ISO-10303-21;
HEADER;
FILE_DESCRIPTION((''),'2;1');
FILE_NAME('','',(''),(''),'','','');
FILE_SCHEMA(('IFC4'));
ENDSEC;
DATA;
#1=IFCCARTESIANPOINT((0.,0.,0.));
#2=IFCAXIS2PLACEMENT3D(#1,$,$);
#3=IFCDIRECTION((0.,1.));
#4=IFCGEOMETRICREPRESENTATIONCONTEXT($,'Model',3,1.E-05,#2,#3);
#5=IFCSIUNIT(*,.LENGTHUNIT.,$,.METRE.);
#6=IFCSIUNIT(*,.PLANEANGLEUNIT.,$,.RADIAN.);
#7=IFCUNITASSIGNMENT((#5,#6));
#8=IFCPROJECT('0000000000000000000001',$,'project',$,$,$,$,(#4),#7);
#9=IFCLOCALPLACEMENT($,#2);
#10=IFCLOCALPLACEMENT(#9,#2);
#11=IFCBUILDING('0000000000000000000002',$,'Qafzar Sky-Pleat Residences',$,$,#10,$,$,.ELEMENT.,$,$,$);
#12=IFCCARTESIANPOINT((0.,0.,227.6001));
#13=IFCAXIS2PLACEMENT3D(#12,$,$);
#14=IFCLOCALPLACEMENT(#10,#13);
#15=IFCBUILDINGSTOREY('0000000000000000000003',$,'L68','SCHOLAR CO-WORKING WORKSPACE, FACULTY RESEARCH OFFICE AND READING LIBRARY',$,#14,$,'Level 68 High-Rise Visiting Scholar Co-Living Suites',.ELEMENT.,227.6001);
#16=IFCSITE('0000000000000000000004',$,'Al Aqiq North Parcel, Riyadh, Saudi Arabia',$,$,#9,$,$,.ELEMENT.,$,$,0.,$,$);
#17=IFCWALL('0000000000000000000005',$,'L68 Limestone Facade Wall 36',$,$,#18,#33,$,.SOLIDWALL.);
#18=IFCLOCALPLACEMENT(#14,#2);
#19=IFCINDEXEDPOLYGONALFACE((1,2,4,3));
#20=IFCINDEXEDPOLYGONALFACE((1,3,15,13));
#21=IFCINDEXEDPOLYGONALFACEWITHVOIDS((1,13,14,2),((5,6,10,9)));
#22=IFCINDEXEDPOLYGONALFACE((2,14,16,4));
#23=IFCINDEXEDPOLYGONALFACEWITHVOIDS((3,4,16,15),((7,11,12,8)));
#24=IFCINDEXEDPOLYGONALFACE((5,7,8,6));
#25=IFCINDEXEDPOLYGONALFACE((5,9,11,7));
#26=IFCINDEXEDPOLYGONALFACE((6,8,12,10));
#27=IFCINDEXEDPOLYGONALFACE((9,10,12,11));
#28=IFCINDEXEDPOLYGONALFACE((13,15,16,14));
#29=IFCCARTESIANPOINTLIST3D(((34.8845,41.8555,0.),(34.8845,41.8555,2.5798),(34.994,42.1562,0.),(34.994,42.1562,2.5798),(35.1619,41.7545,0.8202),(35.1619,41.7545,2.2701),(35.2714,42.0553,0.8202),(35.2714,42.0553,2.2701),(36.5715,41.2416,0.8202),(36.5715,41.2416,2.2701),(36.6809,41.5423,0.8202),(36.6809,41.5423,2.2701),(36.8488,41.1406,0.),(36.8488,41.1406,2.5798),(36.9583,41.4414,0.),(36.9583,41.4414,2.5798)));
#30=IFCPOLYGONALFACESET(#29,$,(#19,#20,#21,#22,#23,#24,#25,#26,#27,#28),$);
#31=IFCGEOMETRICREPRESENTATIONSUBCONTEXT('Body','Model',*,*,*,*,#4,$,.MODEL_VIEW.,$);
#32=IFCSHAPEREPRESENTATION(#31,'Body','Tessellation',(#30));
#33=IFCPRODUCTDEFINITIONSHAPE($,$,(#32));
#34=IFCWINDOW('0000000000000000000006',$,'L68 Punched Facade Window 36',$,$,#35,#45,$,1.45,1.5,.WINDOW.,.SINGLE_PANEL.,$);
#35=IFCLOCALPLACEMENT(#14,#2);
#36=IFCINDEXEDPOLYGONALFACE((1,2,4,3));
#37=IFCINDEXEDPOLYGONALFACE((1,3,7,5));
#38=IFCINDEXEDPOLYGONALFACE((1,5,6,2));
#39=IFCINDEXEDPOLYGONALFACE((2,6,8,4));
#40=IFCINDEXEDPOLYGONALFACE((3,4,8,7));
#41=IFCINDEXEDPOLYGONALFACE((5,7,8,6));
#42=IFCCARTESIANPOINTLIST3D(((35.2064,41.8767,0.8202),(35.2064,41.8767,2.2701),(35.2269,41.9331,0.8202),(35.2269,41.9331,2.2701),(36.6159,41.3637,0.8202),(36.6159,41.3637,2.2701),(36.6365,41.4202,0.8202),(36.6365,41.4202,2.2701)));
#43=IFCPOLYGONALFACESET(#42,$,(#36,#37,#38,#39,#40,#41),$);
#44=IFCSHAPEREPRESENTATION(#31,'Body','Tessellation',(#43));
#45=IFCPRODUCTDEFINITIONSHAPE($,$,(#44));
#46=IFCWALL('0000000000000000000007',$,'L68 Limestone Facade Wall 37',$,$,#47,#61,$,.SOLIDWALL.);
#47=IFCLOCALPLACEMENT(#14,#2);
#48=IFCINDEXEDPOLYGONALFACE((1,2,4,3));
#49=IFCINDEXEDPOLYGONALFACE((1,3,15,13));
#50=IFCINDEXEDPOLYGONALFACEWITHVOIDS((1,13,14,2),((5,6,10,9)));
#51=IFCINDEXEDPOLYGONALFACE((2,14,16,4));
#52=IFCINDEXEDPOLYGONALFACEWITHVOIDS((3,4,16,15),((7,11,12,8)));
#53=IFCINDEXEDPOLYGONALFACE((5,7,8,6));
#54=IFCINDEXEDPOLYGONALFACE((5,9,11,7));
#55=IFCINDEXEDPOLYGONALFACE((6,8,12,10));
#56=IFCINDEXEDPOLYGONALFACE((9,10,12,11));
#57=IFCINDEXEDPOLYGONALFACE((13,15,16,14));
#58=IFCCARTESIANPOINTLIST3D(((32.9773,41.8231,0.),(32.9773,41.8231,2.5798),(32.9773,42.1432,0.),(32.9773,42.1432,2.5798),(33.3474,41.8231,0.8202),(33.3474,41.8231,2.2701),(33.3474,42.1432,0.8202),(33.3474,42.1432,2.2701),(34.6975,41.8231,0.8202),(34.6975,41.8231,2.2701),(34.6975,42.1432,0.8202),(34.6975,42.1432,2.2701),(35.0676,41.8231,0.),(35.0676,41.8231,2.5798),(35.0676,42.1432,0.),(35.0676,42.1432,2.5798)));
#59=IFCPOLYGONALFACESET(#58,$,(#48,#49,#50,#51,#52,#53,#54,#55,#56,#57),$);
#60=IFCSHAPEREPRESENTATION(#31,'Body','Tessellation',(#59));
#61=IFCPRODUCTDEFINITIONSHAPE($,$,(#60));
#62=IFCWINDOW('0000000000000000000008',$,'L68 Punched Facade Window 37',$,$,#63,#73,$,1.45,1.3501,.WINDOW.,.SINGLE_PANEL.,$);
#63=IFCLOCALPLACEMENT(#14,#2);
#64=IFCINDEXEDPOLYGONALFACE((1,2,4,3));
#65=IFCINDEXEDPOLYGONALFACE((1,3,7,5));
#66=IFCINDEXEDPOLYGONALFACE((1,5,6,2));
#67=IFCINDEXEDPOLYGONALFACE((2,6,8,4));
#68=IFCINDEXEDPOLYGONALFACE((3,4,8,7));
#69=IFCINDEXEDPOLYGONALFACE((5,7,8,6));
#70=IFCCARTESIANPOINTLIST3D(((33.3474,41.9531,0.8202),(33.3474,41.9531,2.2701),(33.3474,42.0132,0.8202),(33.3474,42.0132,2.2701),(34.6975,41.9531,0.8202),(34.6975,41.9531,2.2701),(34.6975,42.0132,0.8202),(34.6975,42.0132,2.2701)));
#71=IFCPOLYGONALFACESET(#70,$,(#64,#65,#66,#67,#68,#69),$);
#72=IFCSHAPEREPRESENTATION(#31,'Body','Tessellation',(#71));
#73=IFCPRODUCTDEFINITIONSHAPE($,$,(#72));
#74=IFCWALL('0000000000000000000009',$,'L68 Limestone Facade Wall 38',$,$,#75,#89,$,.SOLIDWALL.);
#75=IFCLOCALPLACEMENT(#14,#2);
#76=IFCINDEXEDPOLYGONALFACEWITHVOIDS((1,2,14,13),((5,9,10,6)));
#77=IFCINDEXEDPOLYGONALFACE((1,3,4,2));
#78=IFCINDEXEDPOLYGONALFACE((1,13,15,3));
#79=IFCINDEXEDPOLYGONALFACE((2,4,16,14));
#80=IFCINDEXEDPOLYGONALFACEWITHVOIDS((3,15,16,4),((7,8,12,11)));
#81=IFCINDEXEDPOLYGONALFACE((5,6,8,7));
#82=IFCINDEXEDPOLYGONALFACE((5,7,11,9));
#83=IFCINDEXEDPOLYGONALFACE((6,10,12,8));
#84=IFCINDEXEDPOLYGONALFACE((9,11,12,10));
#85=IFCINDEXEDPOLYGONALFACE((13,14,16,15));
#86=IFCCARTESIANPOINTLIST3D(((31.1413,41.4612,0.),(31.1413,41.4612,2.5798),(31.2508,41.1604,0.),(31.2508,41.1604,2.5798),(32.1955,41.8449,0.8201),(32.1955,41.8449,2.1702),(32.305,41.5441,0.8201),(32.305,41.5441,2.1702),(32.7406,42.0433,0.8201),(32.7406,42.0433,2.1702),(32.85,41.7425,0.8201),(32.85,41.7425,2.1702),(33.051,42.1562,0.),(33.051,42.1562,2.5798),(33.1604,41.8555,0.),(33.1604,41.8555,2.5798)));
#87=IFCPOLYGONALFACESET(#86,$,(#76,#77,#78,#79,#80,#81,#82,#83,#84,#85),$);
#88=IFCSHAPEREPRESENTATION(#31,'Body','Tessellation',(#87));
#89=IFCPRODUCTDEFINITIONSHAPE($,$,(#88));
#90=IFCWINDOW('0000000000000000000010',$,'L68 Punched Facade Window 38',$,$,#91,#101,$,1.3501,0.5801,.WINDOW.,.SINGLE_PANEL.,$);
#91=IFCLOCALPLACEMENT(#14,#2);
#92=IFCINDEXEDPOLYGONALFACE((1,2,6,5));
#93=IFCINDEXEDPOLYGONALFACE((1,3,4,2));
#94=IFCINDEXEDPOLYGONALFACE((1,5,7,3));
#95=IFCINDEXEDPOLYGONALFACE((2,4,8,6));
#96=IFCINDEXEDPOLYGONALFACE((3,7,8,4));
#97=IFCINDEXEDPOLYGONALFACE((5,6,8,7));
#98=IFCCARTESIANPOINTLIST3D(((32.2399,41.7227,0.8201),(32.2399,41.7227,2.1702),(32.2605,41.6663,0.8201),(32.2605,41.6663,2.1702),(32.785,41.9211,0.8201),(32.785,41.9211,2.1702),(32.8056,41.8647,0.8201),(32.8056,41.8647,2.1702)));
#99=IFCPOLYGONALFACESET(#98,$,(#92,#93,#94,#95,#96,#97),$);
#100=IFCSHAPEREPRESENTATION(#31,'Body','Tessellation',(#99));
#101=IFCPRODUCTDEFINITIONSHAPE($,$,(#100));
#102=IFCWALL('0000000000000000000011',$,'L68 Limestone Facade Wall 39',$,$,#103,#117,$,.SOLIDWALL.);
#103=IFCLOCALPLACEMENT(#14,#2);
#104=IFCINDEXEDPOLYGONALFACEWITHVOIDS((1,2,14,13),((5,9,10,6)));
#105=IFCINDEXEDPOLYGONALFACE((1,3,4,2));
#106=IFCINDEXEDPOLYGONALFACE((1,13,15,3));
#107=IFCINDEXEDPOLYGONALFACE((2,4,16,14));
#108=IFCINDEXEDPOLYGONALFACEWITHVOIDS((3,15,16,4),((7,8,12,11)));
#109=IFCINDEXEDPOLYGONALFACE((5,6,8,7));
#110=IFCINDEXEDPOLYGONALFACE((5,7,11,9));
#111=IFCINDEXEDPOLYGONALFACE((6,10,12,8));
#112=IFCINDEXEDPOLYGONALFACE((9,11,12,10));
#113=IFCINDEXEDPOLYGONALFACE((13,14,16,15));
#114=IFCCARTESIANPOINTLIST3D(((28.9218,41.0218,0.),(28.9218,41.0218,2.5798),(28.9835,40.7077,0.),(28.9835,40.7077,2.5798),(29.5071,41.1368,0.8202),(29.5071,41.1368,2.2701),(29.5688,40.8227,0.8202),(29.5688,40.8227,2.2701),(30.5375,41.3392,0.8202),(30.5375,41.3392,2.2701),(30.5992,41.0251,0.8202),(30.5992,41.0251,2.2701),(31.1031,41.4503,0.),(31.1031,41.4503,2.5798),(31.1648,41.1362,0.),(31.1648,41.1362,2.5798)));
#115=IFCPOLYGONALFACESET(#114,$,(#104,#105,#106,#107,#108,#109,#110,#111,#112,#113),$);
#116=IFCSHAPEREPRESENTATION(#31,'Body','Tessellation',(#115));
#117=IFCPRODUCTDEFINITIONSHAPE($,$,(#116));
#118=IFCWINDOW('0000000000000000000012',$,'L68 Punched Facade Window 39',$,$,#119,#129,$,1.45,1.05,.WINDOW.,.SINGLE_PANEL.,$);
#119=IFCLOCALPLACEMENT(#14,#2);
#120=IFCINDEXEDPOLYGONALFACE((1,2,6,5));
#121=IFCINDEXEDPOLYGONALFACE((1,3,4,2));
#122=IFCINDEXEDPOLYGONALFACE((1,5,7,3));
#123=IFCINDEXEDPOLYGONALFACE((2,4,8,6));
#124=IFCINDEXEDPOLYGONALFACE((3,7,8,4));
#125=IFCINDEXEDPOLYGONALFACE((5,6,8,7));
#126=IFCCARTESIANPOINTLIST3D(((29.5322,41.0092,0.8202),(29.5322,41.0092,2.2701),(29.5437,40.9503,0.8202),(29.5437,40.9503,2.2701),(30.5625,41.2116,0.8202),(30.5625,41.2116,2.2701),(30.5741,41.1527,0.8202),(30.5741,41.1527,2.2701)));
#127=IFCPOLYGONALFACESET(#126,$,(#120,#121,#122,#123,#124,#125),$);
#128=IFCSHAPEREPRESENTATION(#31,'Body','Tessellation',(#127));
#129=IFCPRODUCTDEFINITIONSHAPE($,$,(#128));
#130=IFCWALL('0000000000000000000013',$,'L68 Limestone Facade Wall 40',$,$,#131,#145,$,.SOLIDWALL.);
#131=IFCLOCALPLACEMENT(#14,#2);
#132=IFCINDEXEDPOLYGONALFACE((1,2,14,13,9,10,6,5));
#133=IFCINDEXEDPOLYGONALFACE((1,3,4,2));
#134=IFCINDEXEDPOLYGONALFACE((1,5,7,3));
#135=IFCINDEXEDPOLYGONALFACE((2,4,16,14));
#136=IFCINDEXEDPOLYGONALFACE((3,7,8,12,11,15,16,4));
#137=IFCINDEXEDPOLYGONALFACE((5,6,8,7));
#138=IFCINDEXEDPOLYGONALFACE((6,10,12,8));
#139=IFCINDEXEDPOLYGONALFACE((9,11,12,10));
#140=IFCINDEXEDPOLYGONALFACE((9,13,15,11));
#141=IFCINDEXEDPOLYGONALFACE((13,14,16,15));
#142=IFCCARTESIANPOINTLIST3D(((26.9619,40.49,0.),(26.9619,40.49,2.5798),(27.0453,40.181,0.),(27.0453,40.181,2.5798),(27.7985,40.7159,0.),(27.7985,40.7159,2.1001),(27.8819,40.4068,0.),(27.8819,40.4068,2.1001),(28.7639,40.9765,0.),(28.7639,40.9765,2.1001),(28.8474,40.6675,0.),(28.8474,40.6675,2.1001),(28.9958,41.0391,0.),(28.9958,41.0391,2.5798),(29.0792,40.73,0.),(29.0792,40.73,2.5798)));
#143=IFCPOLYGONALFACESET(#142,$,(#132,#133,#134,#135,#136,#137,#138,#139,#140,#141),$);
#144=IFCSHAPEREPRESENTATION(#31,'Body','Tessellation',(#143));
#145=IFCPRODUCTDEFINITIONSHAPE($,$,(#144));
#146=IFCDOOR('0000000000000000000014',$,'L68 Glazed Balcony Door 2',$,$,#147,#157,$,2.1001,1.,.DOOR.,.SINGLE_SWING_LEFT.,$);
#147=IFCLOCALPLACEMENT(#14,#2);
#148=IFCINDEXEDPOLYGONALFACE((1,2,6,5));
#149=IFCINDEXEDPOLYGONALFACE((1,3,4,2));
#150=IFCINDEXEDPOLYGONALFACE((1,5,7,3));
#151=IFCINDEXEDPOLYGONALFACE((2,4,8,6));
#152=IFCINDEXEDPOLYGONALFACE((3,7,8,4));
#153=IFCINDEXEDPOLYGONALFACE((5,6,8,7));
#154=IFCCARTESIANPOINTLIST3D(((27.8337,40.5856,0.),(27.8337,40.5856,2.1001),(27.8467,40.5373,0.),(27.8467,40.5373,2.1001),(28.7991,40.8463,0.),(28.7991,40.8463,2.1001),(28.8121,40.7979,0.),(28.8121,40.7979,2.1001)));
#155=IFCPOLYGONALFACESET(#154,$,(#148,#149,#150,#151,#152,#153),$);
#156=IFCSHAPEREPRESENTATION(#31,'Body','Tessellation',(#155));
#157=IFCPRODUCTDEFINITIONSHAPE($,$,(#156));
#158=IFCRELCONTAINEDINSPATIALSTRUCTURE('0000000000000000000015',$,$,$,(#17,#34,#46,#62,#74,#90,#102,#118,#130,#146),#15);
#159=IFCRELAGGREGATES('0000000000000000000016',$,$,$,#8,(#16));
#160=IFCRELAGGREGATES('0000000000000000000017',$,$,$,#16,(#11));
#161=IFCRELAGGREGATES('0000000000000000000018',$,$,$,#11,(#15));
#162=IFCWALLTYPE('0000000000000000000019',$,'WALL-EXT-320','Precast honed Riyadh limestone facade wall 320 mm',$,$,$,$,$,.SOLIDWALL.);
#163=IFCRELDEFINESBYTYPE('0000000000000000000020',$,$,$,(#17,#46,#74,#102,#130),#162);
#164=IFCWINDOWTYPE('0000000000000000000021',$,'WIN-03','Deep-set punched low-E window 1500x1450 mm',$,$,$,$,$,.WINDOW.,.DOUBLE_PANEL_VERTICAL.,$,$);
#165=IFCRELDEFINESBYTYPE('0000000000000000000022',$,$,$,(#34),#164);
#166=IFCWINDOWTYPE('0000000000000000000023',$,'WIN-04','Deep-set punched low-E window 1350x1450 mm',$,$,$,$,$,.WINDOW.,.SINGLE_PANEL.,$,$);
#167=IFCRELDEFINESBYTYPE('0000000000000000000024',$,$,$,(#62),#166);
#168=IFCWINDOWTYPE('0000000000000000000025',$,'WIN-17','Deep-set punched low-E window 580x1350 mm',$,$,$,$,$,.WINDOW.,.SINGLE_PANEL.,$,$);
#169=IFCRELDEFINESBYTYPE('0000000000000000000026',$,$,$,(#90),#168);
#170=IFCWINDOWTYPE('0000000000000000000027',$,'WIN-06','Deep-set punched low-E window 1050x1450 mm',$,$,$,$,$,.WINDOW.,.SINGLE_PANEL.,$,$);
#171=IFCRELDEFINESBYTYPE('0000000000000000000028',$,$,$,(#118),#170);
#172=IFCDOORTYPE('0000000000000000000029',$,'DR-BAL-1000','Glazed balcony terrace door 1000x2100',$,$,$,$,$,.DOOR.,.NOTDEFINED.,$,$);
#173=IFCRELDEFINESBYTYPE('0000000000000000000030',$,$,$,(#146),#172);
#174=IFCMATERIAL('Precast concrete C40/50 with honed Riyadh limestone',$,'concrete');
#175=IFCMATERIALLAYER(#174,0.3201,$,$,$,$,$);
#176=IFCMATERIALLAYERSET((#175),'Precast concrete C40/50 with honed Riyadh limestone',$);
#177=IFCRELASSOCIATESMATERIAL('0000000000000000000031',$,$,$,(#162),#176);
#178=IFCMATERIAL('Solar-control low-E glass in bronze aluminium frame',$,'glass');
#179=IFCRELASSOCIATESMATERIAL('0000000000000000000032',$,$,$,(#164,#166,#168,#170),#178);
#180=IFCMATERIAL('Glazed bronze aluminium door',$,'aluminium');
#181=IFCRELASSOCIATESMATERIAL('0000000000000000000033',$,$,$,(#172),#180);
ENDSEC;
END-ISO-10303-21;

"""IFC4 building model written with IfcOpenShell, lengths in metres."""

from ifc_helpers import new_model, si_unit, direction, frame, frame_2d, origin, place, context, subcontext, project, spatial, rectangle, extrude, source, transform, mapped, material, layer, layer_set, type_object, element, fill, save


model = new_model("IFC4")

# Units and contexts
model_context = context("Model", 3, precision=1e-05, world=origin(), true_north=direction((0.0, 1.0)))
body_context = subcontext(model_context, "Body", "Model", "MODEL_VIEW")
ifc_project = project(units=[si_unit("LENGTHUNIT", "METRE"), si_unit("PLANEANGLEUNIT", "RADIAN")], contexts=[model_context])

# Site, building, storey
site_placement = place(None, origin())
site = spatial("IfcSite", under=ifc_project, at=site_placement, Name="Al Aqiq North Parcel, Riyadh, Saudi Arabia", CompositionType="ELEMENT", RefElevation=0.0)
building_placement = place(site_placement, origin())
building = spatial("IfcBuilding", under=site, at=building_placement, Name="Qafzar Sky-Pleat Residences", CompositionType="ELEMENT")
storey_placement = place(building_placement, frame((0.0, 0.0, 227.6001)))
storey = spatial("IfcBuildingStorey", under=building, at=storey_placement, Name="L68", Description="SCHOLAR CO-WORKING WORKSPACE, FACULTY RESEARCH OFFICE AND READING LIBRARY", LongName="Level 68 High-Rise Visiting Scholar Co-Living Suites", CompositionType="ELEMENT", Elevation=227.6001)

# Walls, openings, windows
ifc_material_1 = material(Name="Precast concrete C40/50 with honed Riyadh limestone", Category="concrete")
ifc_layer_1 = layer(ifc_material_1, 0.3201)
ifc_layer_set_1 = layer_set([ifc_layer_1], Name="Precast concrete C40/50 with honed Riyadh limestone")
wall_type_1 = type_object("IfcWallType", Name="WALL-EXT-320", Description="Precast honed Riyadh limestone facade wall 320 mm", PredefinedType="SOLIDWALL", material=ifc_layer_set_1)
wall_1_placement = place(storey_placement, frame((36.9036, 41.291, 0.0), z_axis=(0.0, 0.0, 1.0), x_axis=(-0.939712, 0.341968, 0.0)))
wall_1 = element("IfcWall", 1, at=wall_1_placement, inside=storey, type_object=wall_type_1, Name="L68 Limestone Facade Wall 36", PredefinedType="SOLIDWALL", context=body_context, shape_type="SweptSolid", body=[
    extrude(rectangle(XDim=2.0903, YDim=0.3201, at=frame_2d((1.0452, 0.0))), origin(), (0.0, 0.0, 1.0), 2.5798),
])
opening_1_placement = place(wall_1_placement, frame((0.2952, 0.0, 0.8201)))
opening_1 = element("IfcOpeningElement", 2, at=opening_1_placement, cuts=wall_1, PredefinedType="OPENING", context=body_context, shape_type="SweptSolid", body=[
    extrude(rectangle(XDim=1.5, YDim=1.45, at=frame_2d((0.75, 0.7251))), frame((0.0, 0.1699, 0.0), z_axis=(0.0, -1.0, 0.0), x_axis=(1.0, 0.0, 0.0)), (0.0, 0.0, 1.0), 0.3401),
])
ifc_material_2 = material(Name="Solar-control low-E glass in bronze aluminium frame", Category="glass")
window_type_1 = type_object("IfcWindowType", Name="WIN-03", Description="Deep-set punched low-E window 1500x1450 mm", PartitioningType="DOUBLE_PANEL_VERTICAL", PredefinedType="WINDOW", material=ifc_material_2)
shared_shape_1 = source(origin(), body_context, "Body", "SweptSolid", [
    extrude(rectangle(XDim=1.5, YDim=1.45, at=frame_2d((0.75, 0.7251))), frame((0.0, 0.03, 0.0), z_axis=(0.0, -1.0, 0.0), x_axis=(1.0, 0.0, 0.0)), (0.0, 0.0, 1.0), 0.0601),
])
window_1_placement = place(opening_1_placement, origin())
window_1 = element("IfcWindow", 3, at=window_1_placement, inside=storey, type_object=window_type_1, Name="L68 Punched Facade Window 36", OverallHeight=1.45, OverallWidth=1.5, PartitioningType="SINGLE_PANEL", PredefinedType="WINDOW", context=body_context, shape_type="MappedRepresentation", body=[
    mapped(shared_shape_1, transform((0.0, 0.0, 0.0), x_axis=(1.0, 0.0, 0.0), y_axis=(0.0, 1.0, 0.0), z_axis=(0.0, 0.0, 1.0), scale=1.0)),
])
fill(opening_1, window_1)
wall_2_placement = place(storey_placement, frame((35.0676, 41.9832, 0.0), z_axis=(0.0, 0.0, 1.0), x_axis=(-1.0, 0.0, 0.0)))
wall_2 = element("IfcWall", 4, at=wall_2_placement, inside=storey, type_object=wall_type_1, Name="L68 Limestone Facade Wall 37", PredefinedType="SOLIDWALL", context=body_context, shape_type="SweptSolid", body=[
    extrude(rectangle(XDim=2.0903, YDim=0.3201, at=frame_2d((1.0452, 0.0))), origin(), (0.0, 0.0, 1.0), 2.5798),
])
opening_2_placement = place(wall_2_placement, frame((0.3701, 0.0, 0.8201)))
opening_2 = element("IfcOpeningElement", 5, at=opening_2_placement, cuts=wall_2, PredefinedType="OPENING", context=body_context, shape_type="SweptSolid", body=[
    extrude(rectangle(XDim=1.3501, YDim=1.45, at=frame_2d((0.675, 0.7251))), frame((0.0, 0.1699, 0.0), z_axis=(0.0, -1.0, 0.0), x_axis=(1.0, 0.0, 0.0)), (0.0, 0.0, 1.0), 0.3401),
])
window_type_2 = type_object("IfcWindowType", Name="WIN-04", Description="Deep-set punched low-E window 1350x1450 mm", PartitioningType="SINGLE_PANEL", PredefinedType="WINDOW", material=ifc_material_2)
shared_shape_2 = source(origin(), body_context, "Body", "SweptSolid", [
    extrude(rectangle(XDim=1.3501, YDim=1.45, at=frame_2d((0.675, 0.7251))), frame((0.0, 0.03, 0.0), z_axis=(0.0, -1.0, 0.0), x_axis=(1.0, 0.0, 0.0)), (0.0, 0.0, 1.0), 0.0601),
])
window_2_placement = place(opening_2_placement, origin())
window_2 = element("IfcWindow", 6, at=window_2_placement, inside=storey, type_object=window_type_2, Name="L68 Punched Facade Window 37", OverallHeight=1.45, OverallWidth=1.3501, PartitioningType="SINGLE_PANEL", PredefinedType="WINDOW", context=body_context, shape_type="MappedRepresentation", body=[
    mapped(shared_shape_2, transform((0.0, 0.0, 0.0), x_axis=(1.0, 0.0, 0.0), y_axis=(0.0, 1.0, 0.0), z_axis=(0.0, 0.0, 1.0), scale=1.0)),
])
fill(opening_2, window_2)
wall_3_placement = place(storey_placement, frame((33.1057, 42.0059, 0.0), z_axis=(0.0, 0.0, 1.0), x_axis=(-0.939692, -0.342023, 0.0)))
wall_3 = element("IfcWall", 7, at=wall_3_placement, inside=storey, type_object=wall_type_1, Name="L68 Limestone Facade Wall 38", PredefinedType="SOLIDWALL", context=body_context, shape_type="SweptSolid", body=[
    extrude(rectangle(XDim=2.0322, YDim=0.3201, at=frame_2d((1.0161, 0.0))), origin(), (0.0, 0.0, 1.0), 2.5798),
])
opening_3_placement = place(wall_3_placement, frame((0.3303, 0.0, 0.8201)))
opening_3 = element("IfcOpeningElement", 8, at=opening_3_placement, cuts=wall_3, PredefinedType="OPENING", context=body_context, shape_type="SweptSolid", body=[
    extrude(rectangle(XDim=0.5801, YDim=1.3501, at=frame_2d((0.29, 0.675))), frame((0.0, 0.1699, 0.0), z_axis=(0.0, -1.0, 0.0), x_axis=(1.0, 0.0, 0.0)), (0.0, 0.0, 1.0), 0.3401),
])
window_type_3 = type_object("IfcWindowType", Name="WIN-17", Description="Deep-set punched low-E window 580x1350 mm", PartitioningType="SINGLE_PANEL", PredefinedType="WINDOW", material=ifc_material_2)
shared_shape_3 = source(origin(), body_context, "Body", "SweptSolid", [
    extrude(rectangle(XDim=0.5801, YDim=1.3501, at=frame_2d((0.29, 0.675))), frame((0.0, 0.03, 0.0), z_axis=(0.0, -1.0, 0.0), x_axis=(1.0, 0.0, 0.0)), (0.0, 0.0, 1.0), 0.0601),
])
window_3_placement = place(opening_3_placement, origin())
window_3 = element("IfcWindow", 9, at=window_3_placement, inside=storey, type_object=window_type_3, Name="L68 Punched Facade Window 38", OverallHeight=1.3501, OverallWidth=0.5801, PartitioningType="SINGLE_PANEL", PredefinedType="WINDOW", context=body_context, shape_type="MappedRepresentation", body=[
    mapped(shared_shape_3, transform((0.0, 0.0, 0.0), x_axis=(1.0, 0.0, 0.0), y_axis=(0.0, 1.0, 0.0), z_axis=(0.0, 0.0, 1.0), scale=1.0)),
])
fill(opening_3, window_3)
wall_4_placement = place(storey_placement, frame((31.1338, 41.2932, 0.0), z_axis=(0.0, 0.0, 1.0), x_axis=(-0.981247, -0.192757, 0.0)))
wall_4 = element("IfcWall", 10, at=wall_4_placement, inside=storey, type_object=wall_type_1, Name="L68 Limestone Facade Wall 39", PredefinedType="SOLIDWALL", context=body_context, shape_type="SweptSolid", body=[
    extrude(rectangle(XDim=2.2229, YDim=0.3201, at=frame_2d((1.1113, 0.0))), origin(), (0.0, 0.0, 1.0), 2.5798),
])
opening_4_placement = place(wall_4_placement, frame((0.5764, 0.0, 0.8201)))
opening_4 = element("IfcOpeningElement", 11, at=opening_4_placement, cuts=wall_4, PredefinedType="OPENING", context=body_context, shape_type="SweptSolid", body=[
    extrude(rectangle(XDim=1.05, YDim=1.45, at=frame_2d((0.5249, 0.7251))), frame((0.0, 0.1699, 0.0), z_axis=(0.0, -1.0, 0.0), x_axis=(1.0, 0.0, 0.0)), (0.0, 0.0, 1.0), 0.3401),
])
window_type_4 = type_object("IfcWindowType", Name="WIN-06", Description="Deep-set punched low-E window 1050x1450 mm", PartitioningType="SINGLE_PANEL", PredefinedType="WINDOW", material=ifc_material_2)
shared_shape_4 = source(origin(), body_context, "Body", "SweptSolid", [
    extrude(rectangle(XDim=1.05, YDim=1.45, at=frame_2d((0.5249, 0.7251))), frame((0.0, 0.03, 0.0), z_axis=(0.0, -1.0, 0.0), x_axis=(1.0, 0.0, 0.0)), (0.0, 0.0, 1.0), 0.0601),
])
window_4_placement = place(opening_4_placement, origin())
window_4 = element("IfcWindow", 12, at=window_4_placement, inside=storey, type_object=window_type_4, Name="L68 Punched Facade Window 39", OverallHeight=1.45, OverallWidth=1.05, PartitioningType="SINGLE_PANEL", PredefinedType="WINDOW", context=body_context, shape_type="MappedRepresentation", body=[
    mapped(shared_shape_4, transform((0.0, 0.0, 0.0), x_axis=(1.0, 0.0, 0.0), y_axis=(0.0, 1.0, 0.0), z_axis=(0.0, 0.0, 1.0), scale=1.0)),
])
fill(opening_4, window_4)

# Wall, opening, door
wall_5_placement = place(storey_placement, frame((29.0374, 40.8845, 0.0), z_axis=(0.0, 0.0, 1.0), x_axis=(-0.96544, -0.260626, 0.0)))
wall_5 = element("IfcWall", 13, at=wall_5_placement, inside=storey, type_object=wall_type_1, Name="L68 Limestone Facade Wall 40", PredefinedType="SOLIDWALL", context=body_context, shape_type="SweptSolid", body=[
    extrude(rectangle(XDim=2.1067, YDim=0.3201, at=frame_2d((1.0532, 0.0))), origin(), (0.0, 0.0, 1.0), 2.5798),
])
opening_5_placement = place(wall_5_placement, frame((0.24, 0.0, 0.0)))
opening_5 = element("IfcOpeningElement", 14, at=opening_5_placement, cuts=wall_5, PredefinedType="OPENING", context=body_context, shape_type="SweptSolid", body=[
    extrude(rectangle(XDim=1.0, YDim=2.1001, at=frame_2d((0.5, 1.05))), frame((0.0, 0.1699, 0.0), z_axis=(0.0, -1.0, 0.0), x_axis=(1.0, 0.0, 0.0)), (0.0, 0.0, 1.0), 0.3401),
])
ifc_material_3 = material(Name="Glazed bronze aluminium door", Category="aluminium")
door_type_1 = type_object("IfcDoorType", Name="DR-BAL-1000", Description="Glazed balcony terrace door 1000x2100", OperationType="NOTDEFINED", PredefinedType="DOOR", material=ifc_material_3)
shared_shape_5 = source(origin(), body_context, "Body", "SweptSolid", [
    extrude(rectangle(XDim=1.0, YDim=2.1001, at=frame_2d((0.5, 1.05))), frame((0.0, 0.0249, 0.0), z_axis=(0.0, -1.0, 0.0), x_axis=(1.0, 0.0, 0.0)), (0.0, 0.0, 1.0), 0.05),
])
door_1_placement = place(opening_5_placement, origin())
door_1 = element("IfcDoor", 15, at=door_1_placement, inside=storey, type_object=door_type_1, Name="L68 Glazed Balcony Door 2", OperationType="SINGLE_SWING_LEFT", OverallHeight=2.1001, OverallWidth=1.0, PredefinedType="DOOR", context=body_context, shape_type="MappedRepresentation", body=[
    mapped(shared_shape_5, transform((0.0, 0.0, 0.0), x_axis=(1.0, 0.0, 0.0), y_axis=(0.0, 1.0, 0.0), z_axis=(0.0, 0.0, 1.0), scale=1.0)),
])
fill(opening_5, door_1)

save(model, "model.ifc")
